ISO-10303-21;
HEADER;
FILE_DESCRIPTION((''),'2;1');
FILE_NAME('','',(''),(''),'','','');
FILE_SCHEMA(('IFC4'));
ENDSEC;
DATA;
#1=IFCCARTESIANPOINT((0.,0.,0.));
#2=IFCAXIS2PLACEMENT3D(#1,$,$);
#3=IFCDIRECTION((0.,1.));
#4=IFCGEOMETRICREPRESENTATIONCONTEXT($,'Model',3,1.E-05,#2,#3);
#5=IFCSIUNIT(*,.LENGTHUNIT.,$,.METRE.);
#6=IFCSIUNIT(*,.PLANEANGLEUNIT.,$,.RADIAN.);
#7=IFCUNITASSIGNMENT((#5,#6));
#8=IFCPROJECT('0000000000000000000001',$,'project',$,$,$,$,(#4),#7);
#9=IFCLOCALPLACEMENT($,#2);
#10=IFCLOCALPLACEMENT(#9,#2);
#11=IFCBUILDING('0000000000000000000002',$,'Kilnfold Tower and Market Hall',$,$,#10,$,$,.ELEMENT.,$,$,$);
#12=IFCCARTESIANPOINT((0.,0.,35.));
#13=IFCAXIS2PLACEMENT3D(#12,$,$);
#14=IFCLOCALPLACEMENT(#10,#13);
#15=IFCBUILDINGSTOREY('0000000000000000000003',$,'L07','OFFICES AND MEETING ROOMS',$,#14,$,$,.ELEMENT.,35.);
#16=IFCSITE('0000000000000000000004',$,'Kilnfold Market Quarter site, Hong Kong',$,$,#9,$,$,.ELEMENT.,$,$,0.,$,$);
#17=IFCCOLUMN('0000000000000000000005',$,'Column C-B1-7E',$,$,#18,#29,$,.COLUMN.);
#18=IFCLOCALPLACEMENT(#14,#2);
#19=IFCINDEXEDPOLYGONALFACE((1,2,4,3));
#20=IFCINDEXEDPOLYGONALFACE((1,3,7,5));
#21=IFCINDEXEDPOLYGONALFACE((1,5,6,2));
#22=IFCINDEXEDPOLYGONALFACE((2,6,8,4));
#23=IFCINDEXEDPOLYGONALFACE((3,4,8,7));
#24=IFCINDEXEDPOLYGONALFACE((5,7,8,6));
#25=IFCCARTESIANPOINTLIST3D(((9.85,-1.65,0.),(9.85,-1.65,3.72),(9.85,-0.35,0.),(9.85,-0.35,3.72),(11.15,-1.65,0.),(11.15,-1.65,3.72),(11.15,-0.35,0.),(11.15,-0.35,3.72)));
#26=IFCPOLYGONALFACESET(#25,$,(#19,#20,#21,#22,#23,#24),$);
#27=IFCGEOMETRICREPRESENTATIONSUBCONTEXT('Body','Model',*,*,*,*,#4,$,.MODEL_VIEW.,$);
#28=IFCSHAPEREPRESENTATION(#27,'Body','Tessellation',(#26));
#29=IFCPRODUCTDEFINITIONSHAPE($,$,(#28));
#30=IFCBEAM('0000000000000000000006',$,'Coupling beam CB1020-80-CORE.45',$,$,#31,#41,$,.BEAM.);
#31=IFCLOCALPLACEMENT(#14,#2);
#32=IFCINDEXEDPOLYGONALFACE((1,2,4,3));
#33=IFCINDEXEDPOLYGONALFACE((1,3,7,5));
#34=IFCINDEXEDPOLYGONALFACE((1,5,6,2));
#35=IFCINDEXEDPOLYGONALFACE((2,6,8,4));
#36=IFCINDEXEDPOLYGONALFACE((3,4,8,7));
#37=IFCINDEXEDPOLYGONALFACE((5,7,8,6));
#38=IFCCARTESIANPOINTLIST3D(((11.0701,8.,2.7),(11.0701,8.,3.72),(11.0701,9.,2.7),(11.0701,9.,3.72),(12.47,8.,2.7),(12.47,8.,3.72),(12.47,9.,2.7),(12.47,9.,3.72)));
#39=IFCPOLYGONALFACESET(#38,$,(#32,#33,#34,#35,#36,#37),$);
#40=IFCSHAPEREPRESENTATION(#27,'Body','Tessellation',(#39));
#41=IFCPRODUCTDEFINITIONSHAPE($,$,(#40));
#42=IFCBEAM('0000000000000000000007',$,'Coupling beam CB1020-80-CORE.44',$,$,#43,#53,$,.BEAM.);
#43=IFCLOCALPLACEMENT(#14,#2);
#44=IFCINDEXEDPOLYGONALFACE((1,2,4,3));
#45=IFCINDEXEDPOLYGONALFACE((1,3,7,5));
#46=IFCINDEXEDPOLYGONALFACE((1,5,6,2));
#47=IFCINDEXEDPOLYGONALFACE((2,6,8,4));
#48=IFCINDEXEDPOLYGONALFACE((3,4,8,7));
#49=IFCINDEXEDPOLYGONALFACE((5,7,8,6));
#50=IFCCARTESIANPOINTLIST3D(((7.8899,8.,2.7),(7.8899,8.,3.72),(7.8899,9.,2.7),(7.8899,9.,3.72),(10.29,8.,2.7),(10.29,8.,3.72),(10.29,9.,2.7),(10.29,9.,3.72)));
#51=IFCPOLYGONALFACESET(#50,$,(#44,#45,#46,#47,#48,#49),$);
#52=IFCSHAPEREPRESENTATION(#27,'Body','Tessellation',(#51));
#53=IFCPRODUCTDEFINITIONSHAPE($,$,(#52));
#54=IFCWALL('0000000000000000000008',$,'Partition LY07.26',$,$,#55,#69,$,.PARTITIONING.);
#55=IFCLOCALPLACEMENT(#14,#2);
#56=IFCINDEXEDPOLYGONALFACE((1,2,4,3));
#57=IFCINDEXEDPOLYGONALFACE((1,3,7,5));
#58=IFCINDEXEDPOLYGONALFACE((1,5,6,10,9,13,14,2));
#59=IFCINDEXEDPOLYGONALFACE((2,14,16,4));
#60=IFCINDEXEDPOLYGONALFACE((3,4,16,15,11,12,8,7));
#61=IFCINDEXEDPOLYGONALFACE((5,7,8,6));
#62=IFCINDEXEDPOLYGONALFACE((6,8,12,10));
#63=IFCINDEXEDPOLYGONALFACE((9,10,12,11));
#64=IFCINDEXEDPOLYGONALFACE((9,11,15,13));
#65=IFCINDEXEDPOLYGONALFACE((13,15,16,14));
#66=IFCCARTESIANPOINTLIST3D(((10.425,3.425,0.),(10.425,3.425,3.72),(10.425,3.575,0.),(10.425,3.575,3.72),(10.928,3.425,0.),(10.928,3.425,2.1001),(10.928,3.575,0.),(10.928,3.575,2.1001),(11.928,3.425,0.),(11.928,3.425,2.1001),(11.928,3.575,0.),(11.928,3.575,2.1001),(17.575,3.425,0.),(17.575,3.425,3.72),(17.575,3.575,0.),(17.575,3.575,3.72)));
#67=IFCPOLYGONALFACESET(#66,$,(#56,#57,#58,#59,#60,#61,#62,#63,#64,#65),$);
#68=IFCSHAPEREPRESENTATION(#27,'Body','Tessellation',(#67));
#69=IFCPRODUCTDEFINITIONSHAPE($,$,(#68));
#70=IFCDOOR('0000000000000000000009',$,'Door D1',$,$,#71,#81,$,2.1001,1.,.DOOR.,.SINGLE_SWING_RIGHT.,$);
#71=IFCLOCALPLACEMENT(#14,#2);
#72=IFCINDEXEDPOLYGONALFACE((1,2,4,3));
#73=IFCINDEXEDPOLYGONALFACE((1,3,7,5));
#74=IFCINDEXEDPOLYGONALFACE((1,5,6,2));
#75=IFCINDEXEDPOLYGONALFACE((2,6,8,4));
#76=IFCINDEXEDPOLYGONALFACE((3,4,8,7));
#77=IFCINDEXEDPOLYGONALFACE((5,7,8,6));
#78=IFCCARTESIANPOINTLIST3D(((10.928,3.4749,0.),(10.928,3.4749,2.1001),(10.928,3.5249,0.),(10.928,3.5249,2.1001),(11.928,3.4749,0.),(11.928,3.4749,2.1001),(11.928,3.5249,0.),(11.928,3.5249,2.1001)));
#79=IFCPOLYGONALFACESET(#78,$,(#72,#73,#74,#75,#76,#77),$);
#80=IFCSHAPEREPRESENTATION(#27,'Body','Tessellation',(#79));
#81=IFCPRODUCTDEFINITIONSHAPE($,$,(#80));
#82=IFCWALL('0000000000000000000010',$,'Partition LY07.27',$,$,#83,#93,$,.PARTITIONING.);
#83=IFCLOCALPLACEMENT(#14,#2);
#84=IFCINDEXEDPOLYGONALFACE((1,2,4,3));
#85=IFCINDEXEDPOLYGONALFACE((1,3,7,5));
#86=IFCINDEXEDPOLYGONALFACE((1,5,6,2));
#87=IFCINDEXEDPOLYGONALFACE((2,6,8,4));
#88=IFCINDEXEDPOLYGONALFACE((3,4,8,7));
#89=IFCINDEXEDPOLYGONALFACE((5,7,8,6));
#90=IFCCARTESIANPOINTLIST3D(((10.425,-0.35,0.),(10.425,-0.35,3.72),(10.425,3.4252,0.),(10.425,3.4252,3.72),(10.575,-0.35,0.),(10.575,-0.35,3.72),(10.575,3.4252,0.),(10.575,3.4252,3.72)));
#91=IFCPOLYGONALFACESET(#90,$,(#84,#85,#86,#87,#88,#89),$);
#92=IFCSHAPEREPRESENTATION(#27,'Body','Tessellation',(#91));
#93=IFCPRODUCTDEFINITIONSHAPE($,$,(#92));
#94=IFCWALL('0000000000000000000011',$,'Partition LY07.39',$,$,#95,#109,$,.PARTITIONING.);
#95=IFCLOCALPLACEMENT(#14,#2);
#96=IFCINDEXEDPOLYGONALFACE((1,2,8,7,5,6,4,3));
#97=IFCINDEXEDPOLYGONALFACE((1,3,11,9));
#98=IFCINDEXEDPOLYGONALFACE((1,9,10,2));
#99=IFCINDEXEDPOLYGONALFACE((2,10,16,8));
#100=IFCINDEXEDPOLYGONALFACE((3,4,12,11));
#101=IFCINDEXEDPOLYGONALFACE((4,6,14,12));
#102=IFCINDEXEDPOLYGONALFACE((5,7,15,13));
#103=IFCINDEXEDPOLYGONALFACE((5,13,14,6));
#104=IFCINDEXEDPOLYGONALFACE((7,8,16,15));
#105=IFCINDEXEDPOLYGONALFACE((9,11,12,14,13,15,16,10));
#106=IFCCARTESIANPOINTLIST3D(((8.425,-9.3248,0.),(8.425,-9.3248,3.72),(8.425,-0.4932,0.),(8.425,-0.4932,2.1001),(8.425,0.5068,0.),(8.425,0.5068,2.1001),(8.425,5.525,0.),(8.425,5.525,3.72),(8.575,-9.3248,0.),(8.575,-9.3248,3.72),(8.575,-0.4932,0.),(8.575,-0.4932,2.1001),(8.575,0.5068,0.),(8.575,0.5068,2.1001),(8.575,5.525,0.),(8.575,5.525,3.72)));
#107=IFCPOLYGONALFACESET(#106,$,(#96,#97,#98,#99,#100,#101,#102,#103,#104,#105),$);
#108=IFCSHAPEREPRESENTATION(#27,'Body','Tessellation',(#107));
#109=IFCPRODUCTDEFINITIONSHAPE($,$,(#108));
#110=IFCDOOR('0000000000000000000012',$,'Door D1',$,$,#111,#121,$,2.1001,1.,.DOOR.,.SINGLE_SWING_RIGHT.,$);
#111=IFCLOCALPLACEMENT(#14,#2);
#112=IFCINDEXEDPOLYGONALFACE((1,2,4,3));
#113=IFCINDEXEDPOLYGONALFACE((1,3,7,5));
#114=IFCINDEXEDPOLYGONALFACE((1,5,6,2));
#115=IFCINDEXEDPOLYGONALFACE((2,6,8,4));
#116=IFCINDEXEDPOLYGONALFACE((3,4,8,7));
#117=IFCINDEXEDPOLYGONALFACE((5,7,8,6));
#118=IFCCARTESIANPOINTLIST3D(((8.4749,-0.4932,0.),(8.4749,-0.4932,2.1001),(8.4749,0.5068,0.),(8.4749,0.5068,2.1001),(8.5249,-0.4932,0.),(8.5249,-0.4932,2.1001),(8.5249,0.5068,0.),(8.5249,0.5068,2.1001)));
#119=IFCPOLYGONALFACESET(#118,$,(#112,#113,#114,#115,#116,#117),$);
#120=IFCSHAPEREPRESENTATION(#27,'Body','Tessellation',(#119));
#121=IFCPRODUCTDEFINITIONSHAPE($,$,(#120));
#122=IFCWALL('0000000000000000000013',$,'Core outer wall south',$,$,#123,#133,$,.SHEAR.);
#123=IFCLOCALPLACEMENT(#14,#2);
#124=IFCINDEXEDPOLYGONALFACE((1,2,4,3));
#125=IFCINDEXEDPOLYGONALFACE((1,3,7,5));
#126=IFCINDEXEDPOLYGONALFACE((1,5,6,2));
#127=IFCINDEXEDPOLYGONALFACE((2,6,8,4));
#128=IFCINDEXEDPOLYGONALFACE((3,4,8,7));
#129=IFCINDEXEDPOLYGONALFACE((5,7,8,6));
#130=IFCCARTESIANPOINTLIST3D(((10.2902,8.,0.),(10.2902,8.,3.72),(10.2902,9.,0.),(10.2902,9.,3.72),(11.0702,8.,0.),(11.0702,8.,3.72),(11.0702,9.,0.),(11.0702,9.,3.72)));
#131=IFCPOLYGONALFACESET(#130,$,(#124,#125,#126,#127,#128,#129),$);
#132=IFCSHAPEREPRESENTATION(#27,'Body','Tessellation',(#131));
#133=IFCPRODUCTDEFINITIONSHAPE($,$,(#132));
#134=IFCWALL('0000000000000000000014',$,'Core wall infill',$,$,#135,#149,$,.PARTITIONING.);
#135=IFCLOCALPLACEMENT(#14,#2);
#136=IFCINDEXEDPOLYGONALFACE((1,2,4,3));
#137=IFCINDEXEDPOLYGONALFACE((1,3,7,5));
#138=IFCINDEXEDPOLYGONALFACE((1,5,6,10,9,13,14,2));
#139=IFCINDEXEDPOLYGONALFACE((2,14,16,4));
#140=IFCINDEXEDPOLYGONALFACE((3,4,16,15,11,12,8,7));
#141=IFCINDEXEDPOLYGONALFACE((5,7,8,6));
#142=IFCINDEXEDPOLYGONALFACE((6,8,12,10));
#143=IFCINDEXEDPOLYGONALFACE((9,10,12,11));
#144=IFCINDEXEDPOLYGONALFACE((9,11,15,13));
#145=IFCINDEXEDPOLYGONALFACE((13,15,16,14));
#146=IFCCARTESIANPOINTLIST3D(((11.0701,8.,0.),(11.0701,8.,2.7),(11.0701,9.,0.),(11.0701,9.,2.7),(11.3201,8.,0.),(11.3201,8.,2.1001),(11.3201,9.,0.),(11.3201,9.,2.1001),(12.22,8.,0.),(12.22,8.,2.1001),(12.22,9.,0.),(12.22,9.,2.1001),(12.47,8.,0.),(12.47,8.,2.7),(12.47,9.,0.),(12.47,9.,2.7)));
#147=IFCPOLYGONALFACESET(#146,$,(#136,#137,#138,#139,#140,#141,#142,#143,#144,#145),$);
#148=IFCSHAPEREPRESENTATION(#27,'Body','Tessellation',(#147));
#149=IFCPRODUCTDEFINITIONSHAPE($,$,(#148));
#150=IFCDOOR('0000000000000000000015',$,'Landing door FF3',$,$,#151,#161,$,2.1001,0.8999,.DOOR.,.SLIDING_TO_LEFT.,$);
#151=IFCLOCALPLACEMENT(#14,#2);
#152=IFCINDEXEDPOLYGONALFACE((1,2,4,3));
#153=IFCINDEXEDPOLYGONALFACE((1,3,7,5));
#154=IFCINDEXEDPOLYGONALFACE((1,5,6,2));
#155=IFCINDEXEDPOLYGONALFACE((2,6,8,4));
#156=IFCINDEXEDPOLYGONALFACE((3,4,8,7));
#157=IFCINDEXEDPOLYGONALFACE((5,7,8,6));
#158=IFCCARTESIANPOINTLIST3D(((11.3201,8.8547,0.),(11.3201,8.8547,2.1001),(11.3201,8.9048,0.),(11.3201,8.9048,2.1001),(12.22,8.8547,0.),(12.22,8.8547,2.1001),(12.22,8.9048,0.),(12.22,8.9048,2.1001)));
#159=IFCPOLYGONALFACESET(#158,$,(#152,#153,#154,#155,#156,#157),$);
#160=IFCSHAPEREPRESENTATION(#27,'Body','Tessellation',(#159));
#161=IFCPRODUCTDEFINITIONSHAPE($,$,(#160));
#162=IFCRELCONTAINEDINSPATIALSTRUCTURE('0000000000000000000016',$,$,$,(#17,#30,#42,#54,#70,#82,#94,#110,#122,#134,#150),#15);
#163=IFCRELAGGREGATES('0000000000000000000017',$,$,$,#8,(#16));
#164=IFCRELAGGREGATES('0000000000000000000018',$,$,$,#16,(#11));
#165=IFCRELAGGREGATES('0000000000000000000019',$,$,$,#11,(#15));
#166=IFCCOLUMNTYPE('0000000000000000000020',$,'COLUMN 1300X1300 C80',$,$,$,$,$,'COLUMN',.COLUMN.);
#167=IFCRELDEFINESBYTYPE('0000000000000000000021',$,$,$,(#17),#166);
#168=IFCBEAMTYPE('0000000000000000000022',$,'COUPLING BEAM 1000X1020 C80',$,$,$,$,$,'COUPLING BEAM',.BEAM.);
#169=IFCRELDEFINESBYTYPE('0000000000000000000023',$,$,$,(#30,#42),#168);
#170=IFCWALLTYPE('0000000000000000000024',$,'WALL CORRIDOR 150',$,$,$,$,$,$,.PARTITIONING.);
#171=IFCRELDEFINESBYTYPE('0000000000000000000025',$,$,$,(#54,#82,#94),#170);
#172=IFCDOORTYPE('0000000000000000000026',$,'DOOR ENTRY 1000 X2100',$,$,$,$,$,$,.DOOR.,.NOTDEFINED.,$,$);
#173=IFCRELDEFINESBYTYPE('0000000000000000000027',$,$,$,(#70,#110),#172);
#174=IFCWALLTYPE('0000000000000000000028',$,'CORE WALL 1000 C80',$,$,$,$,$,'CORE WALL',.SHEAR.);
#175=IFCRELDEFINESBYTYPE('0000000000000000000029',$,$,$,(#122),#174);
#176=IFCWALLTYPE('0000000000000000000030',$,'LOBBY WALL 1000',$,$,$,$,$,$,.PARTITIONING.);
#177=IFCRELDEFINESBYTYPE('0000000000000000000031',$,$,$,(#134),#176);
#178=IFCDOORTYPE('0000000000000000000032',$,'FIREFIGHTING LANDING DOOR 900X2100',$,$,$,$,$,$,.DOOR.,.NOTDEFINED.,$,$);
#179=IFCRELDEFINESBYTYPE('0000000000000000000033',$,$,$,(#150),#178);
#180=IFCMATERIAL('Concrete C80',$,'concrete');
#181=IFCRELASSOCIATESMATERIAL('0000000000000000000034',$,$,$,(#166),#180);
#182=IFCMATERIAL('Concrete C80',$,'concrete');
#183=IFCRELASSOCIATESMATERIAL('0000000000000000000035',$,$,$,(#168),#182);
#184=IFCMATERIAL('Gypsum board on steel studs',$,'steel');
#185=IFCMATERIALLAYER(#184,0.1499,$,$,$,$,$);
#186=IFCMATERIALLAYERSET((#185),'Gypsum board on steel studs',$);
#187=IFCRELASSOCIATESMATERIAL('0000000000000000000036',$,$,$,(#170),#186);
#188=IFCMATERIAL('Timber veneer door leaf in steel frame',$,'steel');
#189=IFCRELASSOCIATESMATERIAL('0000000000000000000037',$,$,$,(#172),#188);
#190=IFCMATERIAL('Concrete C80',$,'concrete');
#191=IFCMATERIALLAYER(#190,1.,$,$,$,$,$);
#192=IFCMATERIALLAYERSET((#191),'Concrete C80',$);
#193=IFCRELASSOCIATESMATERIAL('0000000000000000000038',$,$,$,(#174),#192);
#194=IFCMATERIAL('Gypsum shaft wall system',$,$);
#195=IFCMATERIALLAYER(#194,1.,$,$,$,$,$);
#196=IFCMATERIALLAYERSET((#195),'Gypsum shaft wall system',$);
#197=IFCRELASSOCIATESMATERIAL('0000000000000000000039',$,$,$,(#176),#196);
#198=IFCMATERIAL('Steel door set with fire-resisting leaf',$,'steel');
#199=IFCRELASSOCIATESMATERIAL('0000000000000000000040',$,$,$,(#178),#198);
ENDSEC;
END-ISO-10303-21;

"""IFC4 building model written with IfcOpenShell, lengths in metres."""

from ifc_helpers import new_model, si_unit, direction, frame, frame_2d, origin, origin_2d, place, context, subcontext, project, spatial, rectangle, extrude, source, transform, mapped, material, layer, layer_set, material_profile, profile_set, type_object, element, fill, save


model = new_model("IFC4")

# Units and contexts
model_context = context("Model", 3, precision=1e-05, world=origin(), true_north=direction((0.0, 1.0)))
body_context = subcontext(model_context, "Body", "Model", "MODEL_VIEW")
ifc_project = project(units=[si_unit("LENGTHUNIT", "METRE"), si_unit("PLANEANGLEUNIT", "RADIAN")], contexts=[model_context])

# Site, building, storey
site_placement = place(None, origin())
site = spatial("IfcSite", under=ifc_project, at=site_placement, Name="Kilnfold Market Quarter site, Hong Kong", CompositionType="ELEMENT", RefElevation=0.0)
building_placement = place(site_placement, origin())
building = spatial("IfcBuilding", under=site, at=building_placement, Name="Kilnfold Tower and Market Hall", CompositionType="ELEMENT")
storey_placement = place(building_placement, frame((0.0, 0.0, 35.0)))
storey = spatial("IfcBuildingStorey", under=building, at=storey_placement, Name="L07", Description="OFFICES AND MEETING ROOMS", CompositionType="ELEMENT", Elevation=35.0)

# Column
ifc_material_1 = material(Name="Concrete C80", Category="concrete")
ifc_material_profile_1 = material_profile(ifc_material_1, rectangle(XDim=1.3, YDim=1.3, at=origin_2d()), Name="RC 1300x1300")
ifc_profile_set_1 = profile_set([ifc_material_profile_1], Name="Concrete C80")
column_type = type_object("IfcColumnType", Name="COLUMN 1300X1300 C80", ElementType="COLUMN", PredefinedType="COLUMN", material=ifc_profile_set_1)
shared_shape_1 = source(origin(), body_context, "Body", "SweptSolid", [
    extrude(rectangle(XDim=1.3, YDim=1.3, at=origin_2d()), origin(), (0.0, 0.0, 1.0), 3.72),
])
column_placement = place(storey_placement, frame((10.5, -1.0, 0.0), z_axis=(0.0, 0.0, 1.0), x_axis=(1.0, 0.0, 0.0)))
element("IfcColumn", 1, at=column_placement, inside=storey, type_object=column_type, Name="Column C-B1-7E", PredefinedType="COLUMN", context=body_context, shape_type="MappedRepresentation", body=[
    mapped(shared_shape_1, transform((0.0, 0.0, 0.0))),
])

# Beams
ifc_material_2 = material(Name="Concrete C80", Category="concrete")
ifc_material_profile_2 = material_profile(ifc_material_2, rectangle(XDim=1.0, YDim=1.02, at=origin_2d()), Name="RC 1000x1020")
ifc_profile_set_2 = profile_set([ifc_material_profile_2], Name="Concrete C80")
beam_type = type_object("IfcBeamType", Name="COUPLING BEAM 1000X1020 C80", ElementType="COUPLING BEAM", PredefinedType="BEAM", material=ifc_profile_set_2)
shared_shape_2 = source(origin(), body_context, "Body", "SweptSolid", [
    extrude(rectangle(XDim=1.0, YDim=1.02, at=origin_2d()), origin(), (0.0, 0.0, 1.0), 1.3999),
])
beam_1_placement = place(storey_placement, frame((11.0701, 8.5, 3.21), z_axis=(1.0, 0.0, 0.0), x_axis=(0.0, 1.0, 0.0)))
element("IfcBeam", 2, at=beam_1_placement, inside=storey, type_object=beam_type, Name="Coupling beam CB1020-80-CORE.45", PredefinedType="BEAM", context=body_context, shape_type="MappedRepresentation", body=[
    mapped(shared_shape_2, transform((0.0, 0.0, 0.0))),
])
shared_shape_3 = source(origin(), body_context, "Body", "SweptSolid", [
    extrude(rectangle(XDim=1.0, YDim=1.02, at=origin_2d()), origin(), (0.0, 0.0, 1.0), 2.4001),
])
beam_2_placement = place(storey_placement, frame((7.8899, 8.5, 3.21), z_axis=(1.0, 0.0, 0.0), x_axis=(0.0, 1.0, 0.0)))
element("IfcBeam", 3, at=beam_2_placement, inside=storey, type_object=beam_type, Name="Coupling beam CB1020-80-CORE.44", PredefinedType="BEAM", context=body_context, shape_type="MappedRepresentation", body=[
    mapped(shared_shape_3, transform((0.0, 0.0, 0.0))),
])

# Wall, opening, door
ifc_material_3 = material(Name="Gypsum board on steel studs", Category="steel")
ifc_layer_1 = layer(ifc_material_3, 0.1499)
ifc_layer_set_1 = layer_set([ifc_layer_1], Name="Gypsum board on steel studs")
wall_type_1 = type_object("IfcWallType", Name="WALL CORRIDOR 150", PredefinedType="PARTITIONING", material=ifc_layer_set_1)
wall_1_placement = place(storey_placement, frame((10.425, 3.5, 0.0), z_axis=(0.0, 0.0, 1.0), x_axis=(1.0, 0.0, 0.0)))
wall_1 = element("IfcWall", 4, at=wall_1_placement, inside=storey, type_object=wall_type_1, Name="Partition LY07.26", PredefinedType="PARTITIONING", context=body_context, shape_type="SweptSolid", body=[
    extrude(rectangle(XDim=7.1499, YDim=0.1499, at=frame_2d((3.575, 0.0))), origin(), (0.0, 0.0, 1.0), 3.72),
])
opening_1_placement = place(wall_1_placement, frame((0.5029, 0.0, 0.0)))
opening_1 = element("IfcOpeningElement", 5, at=opening_1_placement, cuts=wall_1, PredefinedType="OPENING", context=body_context, shape_type="SweptSolid", body=[
    extrude(rectangle(XDim=1.0, YDim=2.1001, at=frame_2d((0.5, 1.05))), frame((0.0, 0.085, 0.0), z_axis=(0.0, -1.0, 0.0), x_axis=(1.0, 0.0, 0.0)), (0.0, 0.0, 1.0), 0.1699),
])
ifc_material_4 = material(Name="Timber veneer door leaf in steel frame", Category="steel")
door_type_1 = type_object("IfcDoorType", Name="DOOR ENTRY 1000 X2100", OperationType="NOTDEFINED", PredefinedType="DOOR", material=ifc_material_4)
door_1_placement = place(opening_1_placement, origin())
door_1 = element("IfcDoor", 6, at=door_1_placement, inside=storey, type_object=door_type_1, Name="Door D1", OperationType="SINGLE_SWING_RIGHT", OverallHeight=2.1001, OverallWidth=1.0, PredefinedType="DOOR", context=body_context, shape_type="SweptSolid", body=[
    extrude(rectangle(XDim=1.0, YDim=2.1001, at=frame_2d((0.5, 1.05))), frame((0.0, 0.0249, 0.0), z_axis=(0.0, -1.0, 0.0), x_axis=(1.0, 0.0, 0.0)), (0.0, 0.0, 1.0), 0.05),
])
fill(opening_1, door_1)

# Wall
wall_2_placement = place(storey_placement, frame((10.5, -0.3501, 0.0), z_axis=(0.0, 0.0, 1.0), x_axis=(0.0, 1.0, 0.0)))
element("IfcWall", 7, at=wall_2_placement, inside=storey, type_object=wall_type_1, Name="Partition LY07.27", PredefinedType="PARTITIONING", context=body_context, shape_type="SweptSolid", body=[
    extrude(rectangle(XDim=3.7751, YDim=0.1499, at=frame_2d((1.8877, 0.0))), origin(), (0.0, 0.0, 1.0), 3.72),
])

# Wall, opening, door
wall_3_placement = place(storey_placement, frame((8.5, 5.5249, 0.0), z_axis=(0.0, 0.0, 1.0), x_axis=(0.0, -1.0, 0.0)))
wall_3 = element("IfcWall", 8, at=wall_3_placement, inside=storey, type_object=wall_type_1, Name="Partition LY07.39", PredefinedType="PARTITIONING", context=body_context, shape_type="SweptSolid", body=[
    extrude(rectangle(XDim=14.8499, YDim=0.1499, at=frame_2d((7.4248, 0.0))), origin(), (0.0, 0.0, 1.0), 3.72),
])
opening_2_placement = place(wall_3_placement, frame((5.0181, 0.0, 0.0)))
opening_2 = element("IfcOpeningElement", 9, at=opening_2_placement, cuts=wall_3, PredefinedType="OPENING", context=body_context, shape_type="SweptSolid", body=[
    extrude(rectangle(XDim=1.0, YDim=2.1001, at=frame_2d((0.5, 1.05))), frame((0.0, 0.085, 0.0), z_axis=(0.0, -1.0, 0.0), x_axis=(1.0, 0.0, 0.0)), (0.0, 0.0, 1.0), 0.1699),
])
door_2_placement = place(opening_2_placement, origin())
door_2 = element("IfcDoor", 10, at=door_2_placement, inside=storey, type_object=door_type_1, Name="Door D1", OperationType="SINGLE_SWING_RIGHT", OverallHeight=2.1001, OverallWidth=1.0, PredefinedType="DOOR", context=body_context, shape_type="SweptSolid", body=[
    extrude(rectangle(XDim=1.0, YDim=2.1001, at=frame_2d((0.5, 1.05))), frame((0.0, 0.0249, 0.0), z_axis=(0.0, -1.0, 0.0), x_axis=(1.0, 0.0, 0.0)), (0.0, 0.0, 1.0), 0.05),
])
fill(opening_2, door_2)

# Wall
ifc_material_5 = material(Name="Concrete C80", Category="concrete")
ifc_layer_2 = layer(ifc_material_5, 1.0)
ifc_layer_set_2 = layer_set([ifc_layer_2], Name="Concrete C80")
wall_type_2 = type_object("IfcWallType", Name="CORE WALL 1000 C80", ElementType="CORE WALL", PredefinedType="SHEAR", material=ifc_layer_set_2)
shared_shape_4 = source(origin(), body_context, "Body", "SweptSolid", [
    extrude(rectangle(XDim=0.78, YDim=1.0, at=frame_2d((0.3901, 0.0))), origin(), (0.0, 0.0, 1.0), 3.72),
])
wall_4_placement = place(storey_placement, frame((10.29, 8.5, 0.0), z_axis=(0.0, 0.0, 1.0), x_axis=(1.0, 0.0, 0.0)))
element("IfcWall", 11, at=wall_4_placement, inside=storey, type_object=wall_type_2, Name="Core outer wall south", PredefinedType="SHEAR", context=body_context, shape_type="MappedRepresentation", body=[
    mapped(shared_shape_4, transform((0.0, 0.0, 0.0))),
])

# Wall, opening, door
ifc_material_6 = material(Name="Gypsum shaft wall system")
ifc_layer_3 = layer(ifc_material_6, 1.0)
ifc_layer_set_3 = layer_set([ifc_layer_3], Name="Gypsum shaft wall system")
wall_type_3 = type_object("IfcWallType", Name="LOBBY WALL 1000", PredefinedType="PARTITIONING", material=ifc_layer_set_3)
shared_shape_5 = source(origin(), body_context, "Body", "SweptSolid", [
    extrude(rectangle(XDim=1.3999, YDim=1.0, at=frame_2d((0.7, 0.0))), origin(), (0.0, 0.0, 1.0), 2.7),
])
wall_5_placement = place(storey_placement, frame((11.0701, 8.5, 0.0), z_axis=(0.0, 0.0, 1.0), x_axis=(1.0, 0.0, 0.0)))
wall_5 = element("IfcWall", 12, at=wall_5_placement, inside=storey, type_object=wall_type_3, Name="Core wall infill", PredefinedType="PARTITIONING", context=body_context, shape_type="MappedRepresentation", body=[
    mapped(shared_shape_5, transform((0.0, 0.0, 0.0))),
])
opening_3_placement = place(wall_5_placement, frame((0.25, 0.0, 0.0)))
opening_3 = element("IfcOpeningElement", 13, at=opening_3_placement, cuts=wall_5, PredefinedType="OPENING", context=body_context, shape_type="SweptSolid", body=[
    extrude(rectangle(XDim=0.8999, YDim=2.1001, at=frame_2d((0.45, 1.05))), frame((0.0, 0.51, 0.0), z_axis=(0.0, -1.0, 0.0), x_axis=(1.0, 0.0, 0.0)), (0.0, 0.0, 1.0), 1.02),
])
ifc_material_7 = material(Name="Steel door set with fire-resisting leaf", Category="steel")
door_type_2 = type_object("IfcDoorType", Name="FIREFIGHTING LANDING DOOR 900X2100", OperationType="NOTDEFINED", PredefinedType="DOOR", material=ifc_material_7)
door_3_placement = place(opening_3_placement, origin())
door_3 = element("IfcDoor", 14, at=door_3_placement, inside=storey, type_object=door_type_2, Name="Landing door FF3", OperationType="SLIDING_TO_LEFT", OverallHeight=2.1001, OverallWidth=0.8999, PredefinedType="DOOR", context=body_context, shape_type="SweptSolid", body=[
    extrude(rectangle(XDim=0.8999, YDim=2.1001, at=frame_2d((0.45, 1.05))), frame((0.0, 0.4048, 0.0), z_axis=(0.0, -1.0, 0.0), x_axis=(1.0, 0.0, 0.0)), (0.0, 0.0, 1.0), 0.05),
])
fill(opening_3, door_3)

save(model, "model.ifc")
